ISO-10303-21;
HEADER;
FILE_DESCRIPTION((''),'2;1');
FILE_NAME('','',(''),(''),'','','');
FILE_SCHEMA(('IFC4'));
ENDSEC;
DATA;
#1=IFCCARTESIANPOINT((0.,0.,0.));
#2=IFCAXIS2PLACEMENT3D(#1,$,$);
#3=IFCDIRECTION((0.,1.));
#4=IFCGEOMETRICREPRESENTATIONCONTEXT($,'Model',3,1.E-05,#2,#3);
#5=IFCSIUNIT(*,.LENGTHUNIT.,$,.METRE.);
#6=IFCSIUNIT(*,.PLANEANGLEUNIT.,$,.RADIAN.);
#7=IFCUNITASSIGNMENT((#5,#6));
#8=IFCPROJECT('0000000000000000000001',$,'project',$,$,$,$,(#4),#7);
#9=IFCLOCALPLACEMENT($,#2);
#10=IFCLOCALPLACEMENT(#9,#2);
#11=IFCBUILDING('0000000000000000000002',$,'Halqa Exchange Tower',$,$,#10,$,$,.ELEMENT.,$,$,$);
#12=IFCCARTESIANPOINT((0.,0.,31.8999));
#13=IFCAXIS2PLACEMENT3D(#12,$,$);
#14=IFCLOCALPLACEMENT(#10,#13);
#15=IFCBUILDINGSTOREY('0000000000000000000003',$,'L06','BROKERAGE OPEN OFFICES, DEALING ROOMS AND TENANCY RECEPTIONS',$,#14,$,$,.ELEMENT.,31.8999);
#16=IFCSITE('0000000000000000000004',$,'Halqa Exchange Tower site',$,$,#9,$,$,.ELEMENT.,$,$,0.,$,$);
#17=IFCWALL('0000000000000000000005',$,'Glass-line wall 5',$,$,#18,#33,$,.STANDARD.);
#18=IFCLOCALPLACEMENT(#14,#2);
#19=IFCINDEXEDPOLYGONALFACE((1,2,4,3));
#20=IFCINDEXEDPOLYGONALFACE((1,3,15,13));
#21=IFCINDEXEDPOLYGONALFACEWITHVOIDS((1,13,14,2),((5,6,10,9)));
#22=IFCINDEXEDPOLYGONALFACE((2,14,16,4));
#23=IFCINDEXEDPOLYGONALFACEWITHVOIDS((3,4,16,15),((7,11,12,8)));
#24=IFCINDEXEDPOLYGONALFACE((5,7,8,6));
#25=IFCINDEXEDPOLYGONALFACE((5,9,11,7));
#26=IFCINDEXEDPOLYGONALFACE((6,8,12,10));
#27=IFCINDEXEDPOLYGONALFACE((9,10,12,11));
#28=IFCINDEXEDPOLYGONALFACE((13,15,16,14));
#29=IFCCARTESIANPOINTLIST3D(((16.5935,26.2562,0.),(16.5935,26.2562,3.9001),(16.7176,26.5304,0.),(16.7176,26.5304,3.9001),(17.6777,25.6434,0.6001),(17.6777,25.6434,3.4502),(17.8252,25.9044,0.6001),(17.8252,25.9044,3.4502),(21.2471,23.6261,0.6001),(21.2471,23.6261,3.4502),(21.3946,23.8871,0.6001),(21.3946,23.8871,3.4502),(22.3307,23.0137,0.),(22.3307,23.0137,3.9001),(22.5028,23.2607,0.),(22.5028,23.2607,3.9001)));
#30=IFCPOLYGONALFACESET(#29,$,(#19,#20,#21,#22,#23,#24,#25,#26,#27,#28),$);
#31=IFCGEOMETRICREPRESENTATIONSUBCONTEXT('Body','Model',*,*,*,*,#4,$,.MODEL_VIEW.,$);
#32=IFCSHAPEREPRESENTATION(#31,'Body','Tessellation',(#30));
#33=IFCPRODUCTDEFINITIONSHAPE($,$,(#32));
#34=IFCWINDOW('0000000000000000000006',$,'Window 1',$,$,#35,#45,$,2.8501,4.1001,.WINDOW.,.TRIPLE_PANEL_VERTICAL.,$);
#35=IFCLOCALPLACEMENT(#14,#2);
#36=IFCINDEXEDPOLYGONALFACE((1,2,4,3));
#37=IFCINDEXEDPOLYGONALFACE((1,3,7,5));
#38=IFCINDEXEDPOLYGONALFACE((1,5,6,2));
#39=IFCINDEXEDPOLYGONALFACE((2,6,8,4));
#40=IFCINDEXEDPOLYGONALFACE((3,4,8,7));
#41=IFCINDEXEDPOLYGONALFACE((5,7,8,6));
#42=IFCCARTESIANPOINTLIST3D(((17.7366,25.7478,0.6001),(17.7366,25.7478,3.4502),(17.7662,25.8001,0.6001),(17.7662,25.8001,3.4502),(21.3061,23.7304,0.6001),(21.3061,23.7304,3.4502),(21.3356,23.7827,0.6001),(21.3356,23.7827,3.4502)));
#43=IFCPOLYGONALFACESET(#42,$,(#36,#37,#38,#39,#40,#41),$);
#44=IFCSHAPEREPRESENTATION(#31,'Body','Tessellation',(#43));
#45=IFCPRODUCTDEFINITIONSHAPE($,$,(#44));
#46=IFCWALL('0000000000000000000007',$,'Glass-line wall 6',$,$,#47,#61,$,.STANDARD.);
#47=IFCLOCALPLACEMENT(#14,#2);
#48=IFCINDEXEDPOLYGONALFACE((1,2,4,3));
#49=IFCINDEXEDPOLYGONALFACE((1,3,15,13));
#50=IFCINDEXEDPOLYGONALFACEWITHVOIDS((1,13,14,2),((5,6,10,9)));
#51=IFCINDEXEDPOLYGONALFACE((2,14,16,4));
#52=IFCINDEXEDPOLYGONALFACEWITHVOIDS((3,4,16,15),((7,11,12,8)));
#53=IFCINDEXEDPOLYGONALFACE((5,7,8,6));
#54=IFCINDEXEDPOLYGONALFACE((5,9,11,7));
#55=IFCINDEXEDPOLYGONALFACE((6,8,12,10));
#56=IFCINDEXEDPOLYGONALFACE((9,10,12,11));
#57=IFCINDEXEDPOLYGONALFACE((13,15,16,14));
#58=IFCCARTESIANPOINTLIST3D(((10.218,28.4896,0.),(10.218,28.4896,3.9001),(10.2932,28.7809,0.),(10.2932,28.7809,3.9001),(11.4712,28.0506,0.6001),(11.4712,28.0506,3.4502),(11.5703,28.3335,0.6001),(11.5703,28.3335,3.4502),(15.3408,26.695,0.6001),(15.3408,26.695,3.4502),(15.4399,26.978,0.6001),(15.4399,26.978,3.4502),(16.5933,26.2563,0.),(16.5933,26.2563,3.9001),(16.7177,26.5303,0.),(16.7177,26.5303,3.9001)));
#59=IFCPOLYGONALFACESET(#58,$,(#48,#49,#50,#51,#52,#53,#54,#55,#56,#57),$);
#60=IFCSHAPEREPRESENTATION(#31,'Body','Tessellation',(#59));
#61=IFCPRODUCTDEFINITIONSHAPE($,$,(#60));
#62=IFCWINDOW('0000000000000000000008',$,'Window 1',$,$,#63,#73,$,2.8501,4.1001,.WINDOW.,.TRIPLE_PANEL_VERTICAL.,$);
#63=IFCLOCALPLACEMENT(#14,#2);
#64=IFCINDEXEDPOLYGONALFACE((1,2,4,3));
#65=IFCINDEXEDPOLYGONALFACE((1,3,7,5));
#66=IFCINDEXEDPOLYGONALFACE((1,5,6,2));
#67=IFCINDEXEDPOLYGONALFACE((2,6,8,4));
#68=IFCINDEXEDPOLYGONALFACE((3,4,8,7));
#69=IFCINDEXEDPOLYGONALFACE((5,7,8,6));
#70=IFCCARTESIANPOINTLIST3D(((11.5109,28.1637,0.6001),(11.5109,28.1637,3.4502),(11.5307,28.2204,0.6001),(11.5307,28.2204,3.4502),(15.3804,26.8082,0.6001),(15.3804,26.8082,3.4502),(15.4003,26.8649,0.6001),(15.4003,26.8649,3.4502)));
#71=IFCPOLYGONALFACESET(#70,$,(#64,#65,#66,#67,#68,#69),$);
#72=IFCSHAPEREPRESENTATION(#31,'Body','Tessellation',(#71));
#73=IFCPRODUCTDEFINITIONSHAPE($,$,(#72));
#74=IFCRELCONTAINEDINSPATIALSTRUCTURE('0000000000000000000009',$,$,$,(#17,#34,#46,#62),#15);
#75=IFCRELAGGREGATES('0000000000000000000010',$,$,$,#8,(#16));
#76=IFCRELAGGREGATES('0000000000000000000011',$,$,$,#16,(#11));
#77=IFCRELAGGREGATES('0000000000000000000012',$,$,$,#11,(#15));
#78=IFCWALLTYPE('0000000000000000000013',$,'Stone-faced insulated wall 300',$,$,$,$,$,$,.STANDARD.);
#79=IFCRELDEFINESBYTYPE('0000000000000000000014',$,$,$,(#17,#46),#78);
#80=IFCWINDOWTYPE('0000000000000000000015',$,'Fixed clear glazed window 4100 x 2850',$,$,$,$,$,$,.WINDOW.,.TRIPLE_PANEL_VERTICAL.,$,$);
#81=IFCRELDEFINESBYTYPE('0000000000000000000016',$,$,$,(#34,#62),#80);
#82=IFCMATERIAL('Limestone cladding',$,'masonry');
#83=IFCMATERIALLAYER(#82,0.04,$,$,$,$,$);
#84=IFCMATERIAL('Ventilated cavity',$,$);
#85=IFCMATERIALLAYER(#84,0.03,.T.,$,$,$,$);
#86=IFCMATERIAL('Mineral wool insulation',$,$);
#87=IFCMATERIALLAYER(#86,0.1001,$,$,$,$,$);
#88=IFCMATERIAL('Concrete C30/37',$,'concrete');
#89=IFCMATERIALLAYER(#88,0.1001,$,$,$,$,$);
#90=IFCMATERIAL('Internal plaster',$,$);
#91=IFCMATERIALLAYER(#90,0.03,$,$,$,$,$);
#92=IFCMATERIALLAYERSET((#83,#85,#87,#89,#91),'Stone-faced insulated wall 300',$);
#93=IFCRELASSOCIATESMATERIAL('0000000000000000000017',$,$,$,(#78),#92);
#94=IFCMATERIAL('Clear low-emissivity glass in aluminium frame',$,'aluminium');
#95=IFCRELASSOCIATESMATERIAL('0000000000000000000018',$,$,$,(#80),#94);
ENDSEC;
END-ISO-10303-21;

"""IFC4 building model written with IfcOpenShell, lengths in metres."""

from ifc_helpers import new_model, si_unit, direction, frame, frame_2d, origin, place, context, subcontext, project, spatial, polyline, rectangle, outline, extrude, material, layer, layer_set, type_object, element, fill, save


model = new_model("IFC4")

# Units and contexts
model_context = context("Model", 3, precision=1e-05, world=origin(), true_north=direction((0.0, 1.0)))
body_context = subcontext(model_context, "Body", "Model", "MODEL_VIEW")
ifc_project = project(units=[si_unit("LENGTHUNIT", "METRE"), si_unit("PLANEANGLEUNIT", "RADIAN")], contexts=[model_context])

# Site, building, storey
site_placement = place(None, origin())
site = spatial("IfcSite", under=ifc_project, at=site_placement, Name="Halqa Exchange Tower site", CompositionType="ELEMENT", RefElevation=0.0)
building_placement = place(site_placement, origin())
building = spatial("IfcBuilding", under=site, at=building_placement, Name="Halqa Exchange Tower", CompositionType="ELEMENT")
storey_placement = place(building_placement, frame((0.0, 0.0, 31.8999)))
storey = spatial("IfcBuildingStorey", under=building, at=storey_placement, Name="L06", Description="BROKERAGE OPEN OFFICES, DEALING ROOMS AND TENANCY RECEPTIONS", CompositionType="ELEMENT", Elevation=31.8999)

# Shared definitions
ifc_material_1 = material(Name="Limestone cladding", Category="masonry")
ifc_layer_1 = layer(ifc_material_1, 0.04)
ifc_material_2 = material(Name="Ventilated cavity")
ifc_layer_2 = layer(ifc_material_2, 0.03, ventilated=True)
ifc_material_3 = material(Name="Mineral wool insulation")
ifc_layer_3 = layer(ifc_material_3, 0.1001)
ifc_material_4 = material(Name="Concrete C30/37", Category="concrete")
ifc_layer_4 = layer(ifc_material_4, 0.1001)
ifc_material_5 = material(Name="Internal plaster")
ifc_layer_5 = layer(ifc_material_5, 0.03)
ifc_layer_set_1 = layer_set([ifc_layer_1, ifc_layer_2, ifc_layer_3, ifc_layer_4, ifc_layer_5], Name="Stone-faced insulated wall 300")
wall_type_1 = type_object("IfcWallType", Name="Stone-faced insulated wall 300", PredefinedType="STANDARD", material=ifc_layer_set_1)
ifc_material_6 = material(Name="Clear low-emissivity glass in aluminium frame", Category="aluminium")

# Walls, openings, windows
wall_1_placement = place(storey_placement, frame((22.4167, 23.1372, 0.0), z_axis=(0.0, 0.0, 1.0), x_axis=(-0.870579, 0.492029, 0.0)))
wall_1 = element("IfcWall", 1, at=wall_1_placement, inside=storey, type_object=wall_type_1, Name="Glass-line wall 5", PredefinedType="STANDARD", context=body_context, shape_type="SweptSolid", body=[
    extrude(outline(polyline([(-0.0142, -0.1499), (6.6311, -0.1499), (6.6042, 0.1499), (0.0142, 0.1499), (-0.0142, -0.1499)])), origin(), (0.0, 0.0, 1.0), 3.9001),
])
opening_1_placement = place(wall_1_placement, frame((1.2588, 0.0, 0.6001)))
opening_1 = element("IfcOpeningElement", 2, at=opening_1_placement, cuts=wall_1, PredefinedType="OPENING", context=body_context, shape_type="SweptSolid", body=[
    extrude(rectangle(XDim=4.1001, YDim=2.8501, at=frame_2d((2.05, 1.425))), frame((0.0, 0.1621, 0.0), z_axis=(0.0, -1.0, 0.0), x_axis=(1.0, 0.0, 0.0)), (0.0, 0.0, 1.0), 0.324),
])
window_type = type_object("IfcWindowType", Name="Fixed clear glazed window 4100 x 2850", PartitioningType="TRIPLE_PANEL_VERTICAL", PredefinedType="WINDOW", material=ifc_material_6)
window_1_placement = place(opening_1_placement, origin())
window_1 = element("IfcWindow", 3, at=window_1_placement, inside=storey, type_object=window_type, Name="Window 1", OverallHeight=2.8501, OverallWidth=4.1001, PartitioningType="TRIPLE_PANEL_VERTICAL", PredefinedType="WINDOW", context=body_context, shape_type="SweptSolid", body=[
    extrude(rectangle(XDim=4.1001, YDim=2.8501, at=frame_2d((2.05, 1.425))), frame((0.0, 0.03, 0.0), z_axis=(0.0, -1.0, 0.0), x_axis=(1.0, 0.0, 0.0)), (0.0, 0.0, 1.0), 0.0601),
])
fill(opening_1, window_1)
wall_2_placement = place(storey_placement, frame((16.6555, 26.3933, 0.0), z_axis=(0.0, 0.0, 1.0), x_axis=(-0.943767, 0.33061, 0.0)))
wall_2 = element("IfcWall", 4, at=wall_2_placement, inside=storey, type_object=wall_type_1, Name="Glass-line wall 6", PredefinedType="STANDARD", context=body_context, shape_type="SweptSolid", body=[
    extrude(outline(polyline([(-0.0134, -0.1499), (6.7939, -0.1499), (6.7686, 0.1499), (0.0134, 0.1499), (-0.0134, -0.1499)])), origin(), (0.0, 0.0, 1.0), 3.9001),
])
opening_2_placement = place(wall_2_placement, frame((1.3406, 0.0, 0.6001)))
opening_2 = element("IfcOpeningElement", 5, at=opening_2_placement, cuts=wall_2, PredefinedType="OPENING", context=body_context, shape_type="SweptSolid", body=[
    extrude(rectangle(XDim=4.1001, YDim=2.8501, at=frame_2d((2.05, 1.425))), frame((0.0, 0.1621, 0.0), z_axis=(0.0, -1.0, 0.0), x_axis=(1.0, 0.0, 0.0)), (0.0, 0.0, 1.0), 0.324),
])
window_2_placement = place(opening_2_placement, origin())
window_2 = element("IfcWindow", 6, at=window_2_placement, inside=storey, type_object=window_type, Name="Window 1", OverallHeight=2.8501, OverallWidth=4.1001, PartitioningType="TRIPLE_PANEL_VERTICAL", PredefinedType="WINDOW", context=body_context, shape_type="SweptSolid", body=[
    extrude(rectangle(XDim=4.1001, YDim=2.8501, at=frame_2d((2.05, 1.425))), frame((0.0, 0.03, 0.0), z_axis=(0.0, -1.0, 0.0), x_axis=(1.0, 0.0, 0.0)), (0.0, 0.0, 1.0), 0.0601),
])
fill(opening_2, window_2)

save(model, "model.ifc")
